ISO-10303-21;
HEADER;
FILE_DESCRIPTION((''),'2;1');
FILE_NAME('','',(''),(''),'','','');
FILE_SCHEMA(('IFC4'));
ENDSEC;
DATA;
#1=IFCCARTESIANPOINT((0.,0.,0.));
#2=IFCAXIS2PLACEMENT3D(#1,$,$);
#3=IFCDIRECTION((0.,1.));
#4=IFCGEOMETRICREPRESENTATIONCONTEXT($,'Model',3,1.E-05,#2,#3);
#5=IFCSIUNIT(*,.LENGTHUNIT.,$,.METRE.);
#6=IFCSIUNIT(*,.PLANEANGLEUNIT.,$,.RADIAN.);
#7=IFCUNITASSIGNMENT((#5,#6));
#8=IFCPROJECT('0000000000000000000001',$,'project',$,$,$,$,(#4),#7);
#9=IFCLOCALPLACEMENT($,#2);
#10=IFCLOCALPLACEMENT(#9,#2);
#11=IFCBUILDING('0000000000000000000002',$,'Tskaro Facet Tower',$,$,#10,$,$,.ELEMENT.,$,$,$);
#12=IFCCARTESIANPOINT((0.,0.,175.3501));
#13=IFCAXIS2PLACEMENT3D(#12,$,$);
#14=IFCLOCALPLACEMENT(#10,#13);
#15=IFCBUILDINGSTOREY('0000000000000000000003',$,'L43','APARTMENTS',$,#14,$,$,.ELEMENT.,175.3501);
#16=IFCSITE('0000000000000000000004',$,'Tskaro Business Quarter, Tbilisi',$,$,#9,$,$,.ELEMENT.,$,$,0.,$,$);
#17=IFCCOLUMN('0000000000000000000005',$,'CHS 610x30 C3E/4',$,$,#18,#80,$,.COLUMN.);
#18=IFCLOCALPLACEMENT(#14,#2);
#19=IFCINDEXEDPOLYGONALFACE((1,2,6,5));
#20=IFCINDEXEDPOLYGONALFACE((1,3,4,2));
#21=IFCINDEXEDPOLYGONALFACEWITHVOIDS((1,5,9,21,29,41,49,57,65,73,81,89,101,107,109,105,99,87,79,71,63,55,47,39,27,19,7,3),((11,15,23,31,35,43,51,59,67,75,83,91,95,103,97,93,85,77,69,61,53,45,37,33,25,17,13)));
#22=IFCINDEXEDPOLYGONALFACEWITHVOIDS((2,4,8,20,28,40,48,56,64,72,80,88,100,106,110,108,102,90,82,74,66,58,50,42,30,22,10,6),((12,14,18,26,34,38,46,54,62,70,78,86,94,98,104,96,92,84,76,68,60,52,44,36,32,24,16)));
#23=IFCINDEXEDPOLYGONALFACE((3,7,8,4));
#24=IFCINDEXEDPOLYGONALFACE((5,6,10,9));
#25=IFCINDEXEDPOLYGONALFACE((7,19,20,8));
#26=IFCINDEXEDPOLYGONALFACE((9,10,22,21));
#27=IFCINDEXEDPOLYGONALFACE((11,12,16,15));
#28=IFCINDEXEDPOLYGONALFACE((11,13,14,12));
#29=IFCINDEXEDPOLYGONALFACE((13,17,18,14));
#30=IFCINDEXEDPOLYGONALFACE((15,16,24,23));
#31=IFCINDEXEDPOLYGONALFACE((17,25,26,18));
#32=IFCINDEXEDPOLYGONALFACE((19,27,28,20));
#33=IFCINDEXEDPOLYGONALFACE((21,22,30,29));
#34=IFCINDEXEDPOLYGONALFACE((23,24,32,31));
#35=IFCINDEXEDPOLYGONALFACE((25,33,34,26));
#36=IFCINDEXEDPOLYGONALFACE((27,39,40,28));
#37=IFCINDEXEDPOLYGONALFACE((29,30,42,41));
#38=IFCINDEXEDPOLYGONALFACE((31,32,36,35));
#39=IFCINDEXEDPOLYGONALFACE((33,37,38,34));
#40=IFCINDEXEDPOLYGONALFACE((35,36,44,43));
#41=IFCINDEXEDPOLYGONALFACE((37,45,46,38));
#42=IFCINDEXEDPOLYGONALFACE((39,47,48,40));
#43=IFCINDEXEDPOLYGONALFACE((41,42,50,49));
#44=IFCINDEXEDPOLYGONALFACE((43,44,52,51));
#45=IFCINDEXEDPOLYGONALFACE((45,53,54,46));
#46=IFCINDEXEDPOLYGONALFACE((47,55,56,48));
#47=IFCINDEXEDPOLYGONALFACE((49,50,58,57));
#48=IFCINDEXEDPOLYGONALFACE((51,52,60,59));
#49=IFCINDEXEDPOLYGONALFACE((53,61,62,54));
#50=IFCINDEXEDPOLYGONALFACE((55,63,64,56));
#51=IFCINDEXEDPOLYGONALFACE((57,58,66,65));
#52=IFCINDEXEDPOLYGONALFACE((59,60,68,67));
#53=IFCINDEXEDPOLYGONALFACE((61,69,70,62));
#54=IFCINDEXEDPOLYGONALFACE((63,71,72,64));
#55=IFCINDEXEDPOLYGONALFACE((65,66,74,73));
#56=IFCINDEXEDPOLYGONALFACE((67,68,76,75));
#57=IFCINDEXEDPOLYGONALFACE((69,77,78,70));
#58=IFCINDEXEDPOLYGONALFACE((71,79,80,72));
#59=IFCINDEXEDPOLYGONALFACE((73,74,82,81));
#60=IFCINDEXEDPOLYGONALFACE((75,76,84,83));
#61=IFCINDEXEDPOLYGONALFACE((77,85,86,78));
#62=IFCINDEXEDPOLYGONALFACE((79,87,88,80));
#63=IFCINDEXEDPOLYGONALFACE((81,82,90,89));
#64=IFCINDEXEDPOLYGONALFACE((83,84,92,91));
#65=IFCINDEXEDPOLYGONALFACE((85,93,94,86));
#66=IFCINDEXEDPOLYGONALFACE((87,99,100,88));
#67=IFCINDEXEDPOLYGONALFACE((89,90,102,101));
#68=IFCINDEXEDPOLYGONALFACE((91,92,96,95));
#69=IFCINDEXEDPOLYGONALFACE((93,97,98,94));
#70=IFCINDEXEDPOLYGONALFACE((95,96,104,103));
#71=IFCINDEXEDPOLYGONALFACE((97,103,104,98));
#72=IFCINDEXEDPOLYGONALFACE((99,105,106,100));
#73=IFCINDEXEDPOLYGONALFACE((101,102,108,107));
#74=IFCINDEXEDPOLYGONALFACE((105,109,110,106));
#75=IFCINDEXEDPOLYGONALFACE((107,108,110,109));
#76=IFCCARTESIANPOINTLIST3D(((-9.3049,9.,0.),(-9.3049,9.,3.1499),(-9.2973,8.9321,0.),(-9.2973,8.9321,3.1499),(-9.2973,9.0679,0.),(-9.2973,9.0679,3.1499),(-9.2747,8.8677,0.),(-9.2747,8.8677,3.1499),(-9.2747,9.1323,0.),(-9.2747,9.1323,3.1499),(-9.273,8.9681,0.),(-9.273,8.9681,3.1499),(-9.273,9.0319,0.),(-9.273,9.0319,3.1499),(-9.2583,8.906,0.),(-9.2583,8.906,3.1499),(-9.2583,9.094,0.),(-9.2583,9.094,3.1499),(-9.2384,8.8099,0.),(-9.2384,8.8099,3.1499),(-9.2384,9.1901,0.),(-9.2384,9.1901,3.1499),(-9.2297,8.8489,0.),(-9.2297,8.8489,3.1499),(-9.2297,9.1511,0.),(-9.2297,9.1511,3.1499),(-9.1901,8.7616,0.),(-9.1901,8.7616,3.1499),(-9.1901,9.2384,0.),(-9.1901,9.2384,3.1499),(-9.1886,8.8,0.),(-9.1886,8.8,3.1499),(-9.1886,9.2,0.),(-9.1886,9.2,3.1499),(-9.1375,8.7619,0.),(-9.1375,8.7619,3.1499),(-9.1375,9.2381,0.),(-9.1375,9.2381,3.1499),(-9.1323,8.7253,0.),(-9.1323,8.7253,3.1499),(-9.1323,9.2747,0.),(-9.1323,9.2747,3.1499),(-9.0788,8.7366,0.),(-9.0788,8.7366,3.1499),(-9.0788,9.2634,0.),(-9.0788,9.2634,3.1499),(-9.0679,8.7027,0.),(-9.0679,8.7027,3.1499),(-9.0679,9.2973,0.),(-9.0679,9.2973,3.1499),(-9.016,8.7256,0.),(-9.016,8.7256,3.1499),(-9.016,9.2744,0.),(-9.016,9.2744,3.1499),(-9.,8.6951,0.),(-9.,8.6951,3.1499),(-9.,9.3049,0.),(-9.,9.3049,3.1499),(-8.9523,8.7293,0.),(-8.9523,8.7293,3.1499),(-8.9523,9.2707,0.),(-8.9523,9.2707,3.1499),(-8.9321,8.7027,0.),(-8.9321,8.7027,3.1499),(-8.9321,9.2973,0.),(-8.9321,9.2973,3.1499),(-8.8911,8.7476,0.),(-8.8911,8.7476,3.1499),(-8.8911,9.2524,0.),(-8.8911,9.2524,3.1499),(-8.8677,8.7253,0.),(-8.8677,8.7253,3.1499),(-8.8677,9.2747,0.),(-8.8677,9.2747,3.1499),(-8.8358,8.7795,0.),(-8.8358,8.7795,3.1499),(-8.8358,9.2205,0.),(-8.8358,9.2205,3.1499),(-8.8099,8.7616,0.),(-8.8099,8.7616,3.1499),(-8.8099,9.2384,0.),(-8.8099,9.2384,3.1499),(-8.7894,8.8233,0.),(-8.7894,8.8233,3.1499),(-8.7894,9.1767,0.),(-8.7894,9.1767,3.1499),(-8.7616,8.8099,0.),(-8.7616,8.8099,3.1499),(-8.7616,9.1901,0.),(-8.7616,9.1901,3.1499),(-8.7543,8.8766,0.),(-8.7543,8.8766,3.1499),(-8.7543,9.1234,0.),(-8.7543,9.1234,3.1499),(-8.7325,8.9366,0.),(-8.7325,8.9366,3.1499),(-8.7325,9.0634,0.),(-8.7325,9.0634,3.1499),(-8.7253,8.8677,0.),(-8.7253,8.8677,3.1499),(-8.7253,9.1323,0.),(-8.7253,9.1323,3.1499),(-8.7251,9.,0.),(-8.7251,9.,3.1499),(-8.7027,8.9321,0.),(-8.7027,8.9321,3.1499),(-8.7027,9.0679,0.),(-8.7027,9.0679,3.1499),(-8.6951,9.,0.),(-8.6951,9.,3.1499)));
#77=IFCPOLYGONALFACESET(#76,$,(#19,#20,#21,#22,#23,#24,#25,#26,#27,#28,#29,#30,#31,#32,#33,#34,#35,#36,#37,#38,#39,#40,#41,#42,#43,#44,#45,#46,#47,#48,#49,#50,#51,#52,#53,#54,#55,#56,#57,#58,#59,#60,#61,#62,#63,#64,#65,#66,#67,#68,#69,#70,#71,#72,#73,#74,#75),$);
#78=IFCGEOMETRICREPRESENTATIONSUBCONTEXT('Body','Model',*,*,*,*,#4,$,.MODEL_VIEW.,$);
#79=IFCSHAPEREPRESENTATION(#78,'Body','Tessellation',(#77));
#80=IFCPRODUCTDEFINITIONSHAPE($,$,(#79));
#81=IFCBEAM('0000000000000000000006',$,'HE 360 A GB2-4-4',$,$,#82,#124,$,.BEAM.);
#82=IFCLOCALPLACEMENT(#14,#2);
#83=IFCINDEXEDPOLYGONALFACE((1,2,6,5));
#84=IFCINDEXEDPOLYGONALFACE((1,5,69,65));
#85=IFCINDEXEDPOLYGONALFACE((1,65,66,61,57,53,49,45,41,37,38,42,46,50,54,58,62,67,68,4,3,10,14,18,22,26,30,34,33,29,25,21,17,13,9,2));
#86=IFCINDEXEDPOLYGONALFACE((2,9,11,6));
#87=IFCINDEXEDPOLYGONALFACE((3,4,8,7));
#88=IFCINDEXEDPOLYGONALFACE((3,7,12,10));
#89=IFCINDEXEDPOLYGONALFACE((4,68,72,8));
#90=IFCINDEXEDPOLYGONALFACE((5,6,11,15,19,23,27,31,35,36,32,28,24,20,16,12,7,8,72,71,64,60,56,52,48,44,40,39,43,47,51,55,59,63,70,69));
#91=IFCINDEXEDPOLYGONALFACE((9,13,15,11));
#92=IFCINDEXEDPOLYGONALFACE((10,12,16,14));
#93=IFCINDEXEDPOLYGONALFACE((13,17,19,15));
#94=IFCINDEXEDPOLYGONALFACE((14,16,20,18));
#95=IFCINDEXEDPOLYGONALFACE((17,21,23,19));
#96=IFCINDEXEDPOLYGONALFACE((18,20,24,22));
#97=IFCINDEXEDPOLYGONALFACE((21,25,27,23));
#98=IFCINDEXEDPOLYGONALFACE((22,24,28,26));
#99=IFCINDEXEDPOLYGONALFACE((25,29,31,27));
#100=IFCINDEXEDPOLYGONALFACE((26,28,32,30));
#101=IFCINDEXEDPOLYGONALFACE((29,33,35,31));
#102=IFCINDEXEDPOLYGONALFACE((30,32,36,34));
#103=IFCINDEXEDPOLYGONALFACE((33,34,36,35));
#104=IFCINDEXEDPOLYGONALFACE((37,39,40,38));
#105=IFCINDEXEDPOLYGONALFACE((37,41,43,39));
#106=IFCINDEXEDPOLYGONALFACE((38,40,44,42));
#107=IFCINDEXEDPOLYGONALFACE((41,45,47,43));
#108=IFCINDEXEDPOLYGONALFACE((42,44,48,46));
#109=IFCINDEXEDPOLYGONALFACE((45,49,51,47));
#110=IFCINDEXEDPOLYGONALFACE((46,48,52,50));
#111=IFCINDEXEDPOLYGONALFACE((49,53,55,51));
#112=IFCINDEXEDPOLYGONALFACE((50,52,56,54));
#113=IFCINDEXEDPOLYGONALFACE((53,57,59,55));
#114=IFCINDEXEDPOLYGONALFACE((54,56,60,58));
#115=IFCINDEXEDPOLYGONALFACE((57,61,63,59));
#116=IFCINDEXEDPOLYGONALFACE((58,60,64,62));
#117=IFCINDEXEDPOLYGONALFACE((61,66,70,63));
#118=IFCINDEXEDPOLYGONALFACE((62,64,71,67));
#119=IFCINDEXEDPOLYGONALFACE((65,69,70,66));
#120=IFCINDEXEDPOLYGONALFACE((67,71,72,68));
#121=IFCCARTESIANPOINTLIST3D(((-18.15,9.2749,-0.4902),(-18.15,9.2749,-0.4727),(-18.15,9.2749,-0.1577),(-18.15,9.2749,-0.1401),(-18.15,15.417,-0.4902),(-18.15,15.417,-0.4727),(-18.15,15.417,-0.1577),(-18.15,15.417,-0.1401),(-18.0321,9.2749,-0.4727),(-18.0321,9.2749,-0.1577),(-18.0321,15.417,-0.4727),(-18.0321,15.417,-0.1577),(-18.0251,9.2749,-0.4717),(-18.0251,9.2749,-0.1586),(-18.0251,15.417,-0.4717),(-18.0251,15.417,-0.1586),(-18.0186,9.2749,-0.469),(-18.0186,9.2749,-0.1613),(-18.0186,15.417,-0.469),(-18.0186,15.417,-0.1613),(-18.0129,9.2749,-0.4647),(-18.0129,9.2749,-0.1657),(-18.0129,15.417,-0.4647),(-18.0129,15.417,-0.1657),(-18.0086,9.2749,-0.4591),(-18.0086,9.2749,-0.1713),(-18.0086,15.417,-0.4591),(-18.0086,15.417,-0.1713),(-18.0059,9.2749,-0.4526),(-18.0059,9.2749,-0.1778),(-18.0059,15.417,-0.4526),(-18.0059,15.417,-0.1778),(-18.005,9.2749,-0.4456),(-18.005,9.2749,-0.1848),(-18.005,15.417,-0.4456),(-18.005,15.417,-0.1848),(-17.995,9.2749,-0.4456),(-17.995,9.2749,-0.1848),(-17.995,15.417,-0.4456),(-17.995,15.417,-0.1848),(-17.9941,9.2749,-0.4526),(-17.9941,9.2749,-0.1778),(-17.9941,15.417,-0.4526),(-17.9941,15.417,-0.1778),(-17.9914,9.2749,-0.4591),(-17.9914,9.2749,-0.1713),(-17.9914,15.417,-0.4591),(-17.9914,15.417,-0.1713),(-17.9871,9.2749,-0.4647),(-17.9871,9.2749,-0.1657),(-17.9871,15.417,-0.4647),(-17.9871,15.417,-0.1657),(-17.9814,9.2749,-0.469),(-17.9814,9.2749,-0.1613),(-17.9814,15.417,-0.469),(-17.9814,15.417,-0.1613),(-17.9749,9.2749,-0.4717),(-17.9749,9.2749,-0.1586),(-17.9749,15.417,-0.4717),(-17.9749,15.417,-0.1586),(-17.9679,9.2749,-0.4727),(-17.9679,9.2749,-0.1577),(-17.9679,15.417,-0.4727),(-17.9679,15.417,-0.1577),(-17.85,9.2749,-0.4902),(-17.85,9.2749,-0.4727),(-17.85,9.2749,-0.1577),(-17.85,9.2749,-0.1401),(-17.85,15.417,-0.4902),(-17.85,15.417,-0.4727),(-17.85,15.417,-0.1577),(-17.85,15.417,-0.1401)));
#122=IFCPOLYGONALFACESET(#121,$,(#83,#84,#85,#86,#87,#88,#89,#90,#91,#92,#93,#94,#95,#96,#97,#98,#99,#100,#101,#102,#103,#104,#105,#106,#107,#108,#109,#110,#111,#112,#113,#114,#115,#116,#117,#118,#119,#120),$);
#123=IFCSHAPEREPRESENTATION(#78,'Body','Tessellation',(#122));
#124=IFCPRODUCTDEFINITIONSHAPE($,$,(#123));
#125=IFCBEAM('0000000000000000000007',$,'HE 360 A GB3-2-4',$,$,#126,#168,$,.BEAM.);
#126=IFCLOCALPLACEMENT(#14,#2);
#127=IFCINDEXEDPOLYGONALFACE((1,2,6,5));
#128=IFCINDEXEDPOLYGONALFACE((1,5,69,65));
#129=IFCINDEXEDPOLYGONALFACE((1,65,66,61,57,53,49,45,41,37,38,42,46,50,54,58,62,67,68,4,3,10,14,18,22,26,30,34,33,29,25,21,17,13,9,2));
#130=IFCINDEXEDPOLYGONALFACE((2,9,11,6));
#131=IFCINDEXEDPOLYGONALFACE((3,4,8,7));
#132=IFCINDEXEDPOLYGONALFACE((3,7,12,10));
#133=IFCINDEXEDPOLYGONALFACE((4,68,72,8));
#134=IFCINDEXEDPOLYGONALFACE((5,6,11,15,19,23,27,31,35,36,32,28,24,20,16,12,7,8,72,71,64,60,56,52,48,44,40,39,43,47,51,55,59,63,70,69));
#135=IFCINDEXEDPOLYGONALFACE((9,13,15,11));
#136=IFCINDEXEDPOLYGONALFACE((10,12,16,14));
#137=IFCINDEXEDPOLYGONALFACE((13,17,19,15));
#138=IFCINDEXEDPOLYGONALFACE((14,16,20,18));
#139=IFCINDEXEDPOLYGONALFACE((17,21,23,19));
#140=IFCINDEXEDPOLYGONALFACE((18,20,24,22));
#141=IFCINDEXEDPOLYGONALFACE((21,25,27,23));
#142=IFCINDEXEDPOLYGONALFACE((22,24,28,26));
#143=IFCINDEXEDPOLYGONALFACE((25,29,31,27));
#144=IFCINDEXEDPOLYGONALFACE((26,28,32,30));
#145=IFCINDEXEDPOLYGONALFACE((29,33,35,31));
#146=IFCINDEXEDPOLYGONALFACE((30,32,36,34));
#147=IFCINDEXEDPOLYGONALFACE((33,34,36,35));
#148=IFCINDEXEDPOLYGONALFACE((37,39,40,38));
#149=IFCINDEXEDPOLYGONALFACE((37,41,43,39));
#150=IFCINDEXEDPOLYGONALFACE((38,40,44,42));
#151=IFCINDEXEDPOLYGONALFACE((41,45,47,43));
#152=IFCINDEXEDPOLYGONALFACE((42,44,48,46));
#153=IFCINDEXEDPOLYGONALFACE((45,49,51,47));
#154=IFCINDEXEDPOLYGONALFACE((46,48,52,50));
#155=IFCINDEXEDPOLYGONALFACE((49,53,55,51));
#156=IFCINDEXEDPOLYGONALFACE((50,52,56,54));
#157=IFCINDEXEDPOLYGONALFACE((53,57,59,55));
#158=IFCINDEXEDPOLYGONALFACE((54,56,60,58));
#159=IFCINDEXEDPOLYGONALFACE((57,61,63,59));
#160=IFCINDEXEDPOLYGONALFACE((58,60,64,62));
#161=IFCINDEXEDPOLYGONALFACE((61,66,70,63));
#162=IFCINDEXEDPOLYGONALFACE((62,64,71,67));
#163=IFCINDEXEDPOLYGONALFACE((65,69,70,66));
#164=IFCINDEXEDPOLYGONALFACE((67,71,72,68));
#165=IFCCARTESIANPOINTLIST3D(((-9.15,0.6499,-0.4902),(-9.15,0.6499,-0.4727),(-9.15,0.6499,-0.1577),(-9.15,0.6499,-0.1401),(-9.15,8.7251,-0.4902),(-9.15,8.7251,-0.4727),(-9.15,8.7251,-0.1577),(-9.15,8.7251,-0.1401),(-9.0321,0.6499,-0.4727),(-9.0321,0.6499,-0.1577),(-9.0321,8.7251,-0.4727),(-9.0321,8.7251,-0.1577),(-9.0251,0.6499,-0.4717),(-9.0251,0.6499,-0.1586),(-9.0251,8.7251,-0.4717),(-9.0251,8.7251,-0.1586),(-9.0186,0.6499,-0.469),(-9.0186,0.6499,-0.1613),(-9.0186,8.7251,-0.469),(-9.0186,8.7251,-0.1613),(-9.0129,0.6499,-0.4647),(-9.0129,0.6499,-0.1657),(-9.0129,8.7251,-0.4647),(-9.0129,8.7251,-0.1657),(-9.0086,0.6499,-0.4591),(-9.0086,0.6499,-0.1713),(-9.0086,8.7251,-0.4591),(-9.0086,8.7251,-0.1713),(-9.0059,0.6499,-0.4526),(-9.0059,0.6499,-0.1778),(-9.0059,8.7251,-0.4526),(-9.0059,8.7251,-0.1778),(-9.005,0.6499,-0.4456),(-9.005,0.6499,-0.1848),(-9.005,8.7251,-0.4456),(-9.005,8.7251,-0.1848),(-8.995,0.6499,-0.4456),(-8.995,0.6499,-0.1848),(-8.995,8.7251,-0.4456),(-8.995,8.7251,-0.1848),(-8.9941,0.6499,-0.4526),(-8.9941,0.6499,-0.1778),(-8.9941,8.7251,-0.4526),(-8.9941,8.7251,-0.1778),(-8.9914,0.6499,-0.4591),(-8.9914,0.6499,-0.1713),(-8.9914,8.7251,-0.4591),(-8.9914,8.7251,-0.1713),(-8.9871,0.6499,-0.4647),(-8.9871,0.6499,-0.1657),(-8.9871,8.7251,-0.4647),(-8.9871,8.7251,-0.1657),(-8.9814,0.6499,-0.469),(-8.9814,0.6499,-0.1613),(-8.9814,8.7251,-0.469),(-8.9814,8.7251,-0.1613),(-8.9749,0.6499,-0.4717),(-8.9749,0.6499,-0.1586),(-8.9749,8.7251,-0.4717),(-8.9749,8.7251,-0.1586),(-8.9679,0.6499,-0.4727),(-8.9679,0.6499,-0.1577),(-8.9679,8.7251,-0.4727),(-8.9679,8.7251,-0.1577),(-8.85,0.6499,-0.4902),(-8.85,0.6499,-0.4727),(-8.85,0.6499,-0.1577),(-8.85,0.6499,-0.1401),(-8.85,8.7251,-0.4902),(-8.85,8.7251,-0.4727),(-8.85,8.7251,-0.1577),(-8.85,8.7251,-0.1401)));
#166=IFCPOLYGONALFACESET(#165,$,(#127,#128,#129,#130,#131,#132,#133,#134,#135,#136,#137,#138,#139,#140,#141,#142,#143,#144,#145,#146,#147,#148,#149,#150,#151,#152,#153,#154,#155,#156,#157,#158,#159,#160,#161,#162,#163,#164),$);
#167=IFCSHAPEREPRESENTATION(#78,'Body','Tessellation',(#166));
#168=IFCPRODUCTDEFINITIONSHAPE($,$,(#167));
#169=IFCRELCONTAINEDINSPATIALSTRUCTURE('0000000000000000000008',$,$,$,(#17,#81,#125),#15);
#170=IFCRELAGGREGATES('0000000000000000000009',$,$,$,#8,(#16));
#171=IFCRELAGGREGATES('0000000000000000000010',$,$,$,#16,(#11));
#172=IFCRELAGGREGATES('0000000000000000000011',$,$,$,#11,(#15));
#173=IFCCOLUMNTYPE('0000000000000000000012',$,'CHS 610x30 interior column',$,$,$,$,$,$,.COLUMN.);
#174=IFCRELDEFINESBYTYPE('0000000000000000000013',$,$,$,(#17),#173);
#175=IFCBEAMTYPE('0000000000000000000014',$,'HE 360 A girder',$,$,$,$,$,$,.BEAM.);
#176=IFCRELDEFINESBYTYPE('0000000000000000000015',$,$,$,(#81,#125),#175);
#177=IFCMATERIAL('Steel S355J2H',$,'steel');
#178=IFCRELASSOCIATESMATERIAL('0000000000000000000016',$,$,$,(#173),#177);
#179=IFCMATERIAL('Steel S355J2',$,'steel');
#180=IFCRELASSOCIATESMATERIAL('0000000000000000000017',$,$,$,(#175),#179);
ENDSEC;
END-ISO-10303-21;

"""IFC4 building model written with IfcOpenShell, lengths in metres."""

from ifc_helpers import new_model, si_unit, direction, frame, origin, origin_2d, place, context, subcontext, project, spatial, hollow_circle, i_section, extrude, material, material_profile, profile_set, type_object, element, save


model = new_model("IFC4")

# Units and contexts
model_context = context("Model", 3, precision=1e-05, world=origin(), true_north=direction((0.0, 1.0)))
body_context = subcontext(model_context, "Body", "Model", "MODEL_VIEW")
ifc_project = project(units=[si_unit("LENGTHUNIT", "METRE"), si_unit("PLANEANGLEUNIT", "RADIAN")], contexts=[model_context])

# Site, building, storey
site_placement = place(None, origin())
site = spatial("IfcSite", under=ifc_project, at=site_placement, Name="Tskaro Business Quarter, Tbilisi", CompositionType="ELEMENT", RefElevation=0.0)
building_placement = place(site_placement, origin())
building = spatial("IfcBuilding", under=site, at=building_placement, Name="Tskaro Facet Tower", CompositionType="ELEMENT")
storey_placement = place(building_placement, frame((0.0, 0.0, 175.3501)))
storey = spatial("IfcBuildingStorey", under=building, at=storey_placement, Name="L43", Description="APARTMENTS", CompositionType="ELEMENT", Elevation=175.3501)

# Column
ifc_material_1 = material(Name="Steel S355J2H", Category="steel")
ifc_material_profile_1 = material_profile(ifc_material_1, hollow_circle(Radius=0.3049, WallThickness=0.03, at=origin_2d()), Name="CHS 610x30")
ifc_profile_set_1 = profile_set([ifc_material_profile_1], Name="Steel S355J2H")
column_type = type_object("IfcColumnType", Name="CHS 610x30 interior column", PredefinedType="COLUMN", material=ifc_profile_set_1)
column_placement = place(storey_placement, frame((-9.0, 9.0, 0.0), z_axis=(0.0, 0.0, 1.0), x_axis=(1.0, 0.0, 0.0)))
element("IfcColumn", 1, at=column_placement, inside=storey, type_object=column_type, Name="CHS 610x30 C3E/4", PredefinedType="COLUMN", context=body_context, shape_type="SweptSolid", body=[
    extrude(hollow_circle(Radius=0.3049, WallThickness=0.03, at=origin_2d()), origin(), (0.0, 0.0, 1.0), 3.1499),
])

# Beams
ifc_material_2 = material(Name="Steel S355J2", Category="steel")
ifc_material_profile_2 = material_profile(ifc_material_2, i_section(OverallWidth=0.3, OverallDepth=0.3501, WebThickness=0.01, FlangeThickness=0.0176, FilletRadius=0.0271, at=origin_2d()), Name="HE 360 A")
ifc_profile_set_2 = profile_set([ifc_material_profile_2], Name="Steel S355J2")
beam_type_1 = type_object("IfcBeamType", Name="HE 360 A girder", PredefinedType="BEAM", material=ifc_profile_set_2)
beam_1_placement = place(storey_placement, frame((-18.0, 9.2749, -0.3152), z_axis=(0.0, 1.0, 0.0), x_axis=(-1.0, 0.0, 0.0)))
element("IfcBeam", 2, at=beam_1_placement, inside=storey, type_object=beam_type_1, Name="HE 360 A GB2-4-4", PredefinedType="BEAM", context=body_context, shape_type="SweptSolid", body=[
    extrude(i_section(OverallWidth=0.3, OverallDepth=0.3501, WebThickness=0.01, FlangeThickness=0.0176, FilletRadius=0.0271, at=origin_2d()), origin(), (0.0, 0.0, 1.0), 6.1421),
])
beam_2_placement = place(storey_placement, frame((-9.0, 0.6499, -0.3152), z_axis=(0.0, 1.0, 0.0), x_axis=(-1.0, 0.0, 0.0)))
element("IfcBeam", 3, at=beam_2_placement, inside=storey, type_object=beam_type_1, Name="HE 360 A GB3-2-4", PredefinedType="BEAM", context=body_context, shape_type="SweptSolid", body=[
    extrude(i_section(OverallWidth=0.3, OverallDepth=0.3501, WebThickness=0.01, FlangeThickness=0.0176, FilletRadius=0.0271, at=origin_2d()), origin(), (0.0, 0.0, 1.0), 8.0752),
])

save(model, "model.ifc")
